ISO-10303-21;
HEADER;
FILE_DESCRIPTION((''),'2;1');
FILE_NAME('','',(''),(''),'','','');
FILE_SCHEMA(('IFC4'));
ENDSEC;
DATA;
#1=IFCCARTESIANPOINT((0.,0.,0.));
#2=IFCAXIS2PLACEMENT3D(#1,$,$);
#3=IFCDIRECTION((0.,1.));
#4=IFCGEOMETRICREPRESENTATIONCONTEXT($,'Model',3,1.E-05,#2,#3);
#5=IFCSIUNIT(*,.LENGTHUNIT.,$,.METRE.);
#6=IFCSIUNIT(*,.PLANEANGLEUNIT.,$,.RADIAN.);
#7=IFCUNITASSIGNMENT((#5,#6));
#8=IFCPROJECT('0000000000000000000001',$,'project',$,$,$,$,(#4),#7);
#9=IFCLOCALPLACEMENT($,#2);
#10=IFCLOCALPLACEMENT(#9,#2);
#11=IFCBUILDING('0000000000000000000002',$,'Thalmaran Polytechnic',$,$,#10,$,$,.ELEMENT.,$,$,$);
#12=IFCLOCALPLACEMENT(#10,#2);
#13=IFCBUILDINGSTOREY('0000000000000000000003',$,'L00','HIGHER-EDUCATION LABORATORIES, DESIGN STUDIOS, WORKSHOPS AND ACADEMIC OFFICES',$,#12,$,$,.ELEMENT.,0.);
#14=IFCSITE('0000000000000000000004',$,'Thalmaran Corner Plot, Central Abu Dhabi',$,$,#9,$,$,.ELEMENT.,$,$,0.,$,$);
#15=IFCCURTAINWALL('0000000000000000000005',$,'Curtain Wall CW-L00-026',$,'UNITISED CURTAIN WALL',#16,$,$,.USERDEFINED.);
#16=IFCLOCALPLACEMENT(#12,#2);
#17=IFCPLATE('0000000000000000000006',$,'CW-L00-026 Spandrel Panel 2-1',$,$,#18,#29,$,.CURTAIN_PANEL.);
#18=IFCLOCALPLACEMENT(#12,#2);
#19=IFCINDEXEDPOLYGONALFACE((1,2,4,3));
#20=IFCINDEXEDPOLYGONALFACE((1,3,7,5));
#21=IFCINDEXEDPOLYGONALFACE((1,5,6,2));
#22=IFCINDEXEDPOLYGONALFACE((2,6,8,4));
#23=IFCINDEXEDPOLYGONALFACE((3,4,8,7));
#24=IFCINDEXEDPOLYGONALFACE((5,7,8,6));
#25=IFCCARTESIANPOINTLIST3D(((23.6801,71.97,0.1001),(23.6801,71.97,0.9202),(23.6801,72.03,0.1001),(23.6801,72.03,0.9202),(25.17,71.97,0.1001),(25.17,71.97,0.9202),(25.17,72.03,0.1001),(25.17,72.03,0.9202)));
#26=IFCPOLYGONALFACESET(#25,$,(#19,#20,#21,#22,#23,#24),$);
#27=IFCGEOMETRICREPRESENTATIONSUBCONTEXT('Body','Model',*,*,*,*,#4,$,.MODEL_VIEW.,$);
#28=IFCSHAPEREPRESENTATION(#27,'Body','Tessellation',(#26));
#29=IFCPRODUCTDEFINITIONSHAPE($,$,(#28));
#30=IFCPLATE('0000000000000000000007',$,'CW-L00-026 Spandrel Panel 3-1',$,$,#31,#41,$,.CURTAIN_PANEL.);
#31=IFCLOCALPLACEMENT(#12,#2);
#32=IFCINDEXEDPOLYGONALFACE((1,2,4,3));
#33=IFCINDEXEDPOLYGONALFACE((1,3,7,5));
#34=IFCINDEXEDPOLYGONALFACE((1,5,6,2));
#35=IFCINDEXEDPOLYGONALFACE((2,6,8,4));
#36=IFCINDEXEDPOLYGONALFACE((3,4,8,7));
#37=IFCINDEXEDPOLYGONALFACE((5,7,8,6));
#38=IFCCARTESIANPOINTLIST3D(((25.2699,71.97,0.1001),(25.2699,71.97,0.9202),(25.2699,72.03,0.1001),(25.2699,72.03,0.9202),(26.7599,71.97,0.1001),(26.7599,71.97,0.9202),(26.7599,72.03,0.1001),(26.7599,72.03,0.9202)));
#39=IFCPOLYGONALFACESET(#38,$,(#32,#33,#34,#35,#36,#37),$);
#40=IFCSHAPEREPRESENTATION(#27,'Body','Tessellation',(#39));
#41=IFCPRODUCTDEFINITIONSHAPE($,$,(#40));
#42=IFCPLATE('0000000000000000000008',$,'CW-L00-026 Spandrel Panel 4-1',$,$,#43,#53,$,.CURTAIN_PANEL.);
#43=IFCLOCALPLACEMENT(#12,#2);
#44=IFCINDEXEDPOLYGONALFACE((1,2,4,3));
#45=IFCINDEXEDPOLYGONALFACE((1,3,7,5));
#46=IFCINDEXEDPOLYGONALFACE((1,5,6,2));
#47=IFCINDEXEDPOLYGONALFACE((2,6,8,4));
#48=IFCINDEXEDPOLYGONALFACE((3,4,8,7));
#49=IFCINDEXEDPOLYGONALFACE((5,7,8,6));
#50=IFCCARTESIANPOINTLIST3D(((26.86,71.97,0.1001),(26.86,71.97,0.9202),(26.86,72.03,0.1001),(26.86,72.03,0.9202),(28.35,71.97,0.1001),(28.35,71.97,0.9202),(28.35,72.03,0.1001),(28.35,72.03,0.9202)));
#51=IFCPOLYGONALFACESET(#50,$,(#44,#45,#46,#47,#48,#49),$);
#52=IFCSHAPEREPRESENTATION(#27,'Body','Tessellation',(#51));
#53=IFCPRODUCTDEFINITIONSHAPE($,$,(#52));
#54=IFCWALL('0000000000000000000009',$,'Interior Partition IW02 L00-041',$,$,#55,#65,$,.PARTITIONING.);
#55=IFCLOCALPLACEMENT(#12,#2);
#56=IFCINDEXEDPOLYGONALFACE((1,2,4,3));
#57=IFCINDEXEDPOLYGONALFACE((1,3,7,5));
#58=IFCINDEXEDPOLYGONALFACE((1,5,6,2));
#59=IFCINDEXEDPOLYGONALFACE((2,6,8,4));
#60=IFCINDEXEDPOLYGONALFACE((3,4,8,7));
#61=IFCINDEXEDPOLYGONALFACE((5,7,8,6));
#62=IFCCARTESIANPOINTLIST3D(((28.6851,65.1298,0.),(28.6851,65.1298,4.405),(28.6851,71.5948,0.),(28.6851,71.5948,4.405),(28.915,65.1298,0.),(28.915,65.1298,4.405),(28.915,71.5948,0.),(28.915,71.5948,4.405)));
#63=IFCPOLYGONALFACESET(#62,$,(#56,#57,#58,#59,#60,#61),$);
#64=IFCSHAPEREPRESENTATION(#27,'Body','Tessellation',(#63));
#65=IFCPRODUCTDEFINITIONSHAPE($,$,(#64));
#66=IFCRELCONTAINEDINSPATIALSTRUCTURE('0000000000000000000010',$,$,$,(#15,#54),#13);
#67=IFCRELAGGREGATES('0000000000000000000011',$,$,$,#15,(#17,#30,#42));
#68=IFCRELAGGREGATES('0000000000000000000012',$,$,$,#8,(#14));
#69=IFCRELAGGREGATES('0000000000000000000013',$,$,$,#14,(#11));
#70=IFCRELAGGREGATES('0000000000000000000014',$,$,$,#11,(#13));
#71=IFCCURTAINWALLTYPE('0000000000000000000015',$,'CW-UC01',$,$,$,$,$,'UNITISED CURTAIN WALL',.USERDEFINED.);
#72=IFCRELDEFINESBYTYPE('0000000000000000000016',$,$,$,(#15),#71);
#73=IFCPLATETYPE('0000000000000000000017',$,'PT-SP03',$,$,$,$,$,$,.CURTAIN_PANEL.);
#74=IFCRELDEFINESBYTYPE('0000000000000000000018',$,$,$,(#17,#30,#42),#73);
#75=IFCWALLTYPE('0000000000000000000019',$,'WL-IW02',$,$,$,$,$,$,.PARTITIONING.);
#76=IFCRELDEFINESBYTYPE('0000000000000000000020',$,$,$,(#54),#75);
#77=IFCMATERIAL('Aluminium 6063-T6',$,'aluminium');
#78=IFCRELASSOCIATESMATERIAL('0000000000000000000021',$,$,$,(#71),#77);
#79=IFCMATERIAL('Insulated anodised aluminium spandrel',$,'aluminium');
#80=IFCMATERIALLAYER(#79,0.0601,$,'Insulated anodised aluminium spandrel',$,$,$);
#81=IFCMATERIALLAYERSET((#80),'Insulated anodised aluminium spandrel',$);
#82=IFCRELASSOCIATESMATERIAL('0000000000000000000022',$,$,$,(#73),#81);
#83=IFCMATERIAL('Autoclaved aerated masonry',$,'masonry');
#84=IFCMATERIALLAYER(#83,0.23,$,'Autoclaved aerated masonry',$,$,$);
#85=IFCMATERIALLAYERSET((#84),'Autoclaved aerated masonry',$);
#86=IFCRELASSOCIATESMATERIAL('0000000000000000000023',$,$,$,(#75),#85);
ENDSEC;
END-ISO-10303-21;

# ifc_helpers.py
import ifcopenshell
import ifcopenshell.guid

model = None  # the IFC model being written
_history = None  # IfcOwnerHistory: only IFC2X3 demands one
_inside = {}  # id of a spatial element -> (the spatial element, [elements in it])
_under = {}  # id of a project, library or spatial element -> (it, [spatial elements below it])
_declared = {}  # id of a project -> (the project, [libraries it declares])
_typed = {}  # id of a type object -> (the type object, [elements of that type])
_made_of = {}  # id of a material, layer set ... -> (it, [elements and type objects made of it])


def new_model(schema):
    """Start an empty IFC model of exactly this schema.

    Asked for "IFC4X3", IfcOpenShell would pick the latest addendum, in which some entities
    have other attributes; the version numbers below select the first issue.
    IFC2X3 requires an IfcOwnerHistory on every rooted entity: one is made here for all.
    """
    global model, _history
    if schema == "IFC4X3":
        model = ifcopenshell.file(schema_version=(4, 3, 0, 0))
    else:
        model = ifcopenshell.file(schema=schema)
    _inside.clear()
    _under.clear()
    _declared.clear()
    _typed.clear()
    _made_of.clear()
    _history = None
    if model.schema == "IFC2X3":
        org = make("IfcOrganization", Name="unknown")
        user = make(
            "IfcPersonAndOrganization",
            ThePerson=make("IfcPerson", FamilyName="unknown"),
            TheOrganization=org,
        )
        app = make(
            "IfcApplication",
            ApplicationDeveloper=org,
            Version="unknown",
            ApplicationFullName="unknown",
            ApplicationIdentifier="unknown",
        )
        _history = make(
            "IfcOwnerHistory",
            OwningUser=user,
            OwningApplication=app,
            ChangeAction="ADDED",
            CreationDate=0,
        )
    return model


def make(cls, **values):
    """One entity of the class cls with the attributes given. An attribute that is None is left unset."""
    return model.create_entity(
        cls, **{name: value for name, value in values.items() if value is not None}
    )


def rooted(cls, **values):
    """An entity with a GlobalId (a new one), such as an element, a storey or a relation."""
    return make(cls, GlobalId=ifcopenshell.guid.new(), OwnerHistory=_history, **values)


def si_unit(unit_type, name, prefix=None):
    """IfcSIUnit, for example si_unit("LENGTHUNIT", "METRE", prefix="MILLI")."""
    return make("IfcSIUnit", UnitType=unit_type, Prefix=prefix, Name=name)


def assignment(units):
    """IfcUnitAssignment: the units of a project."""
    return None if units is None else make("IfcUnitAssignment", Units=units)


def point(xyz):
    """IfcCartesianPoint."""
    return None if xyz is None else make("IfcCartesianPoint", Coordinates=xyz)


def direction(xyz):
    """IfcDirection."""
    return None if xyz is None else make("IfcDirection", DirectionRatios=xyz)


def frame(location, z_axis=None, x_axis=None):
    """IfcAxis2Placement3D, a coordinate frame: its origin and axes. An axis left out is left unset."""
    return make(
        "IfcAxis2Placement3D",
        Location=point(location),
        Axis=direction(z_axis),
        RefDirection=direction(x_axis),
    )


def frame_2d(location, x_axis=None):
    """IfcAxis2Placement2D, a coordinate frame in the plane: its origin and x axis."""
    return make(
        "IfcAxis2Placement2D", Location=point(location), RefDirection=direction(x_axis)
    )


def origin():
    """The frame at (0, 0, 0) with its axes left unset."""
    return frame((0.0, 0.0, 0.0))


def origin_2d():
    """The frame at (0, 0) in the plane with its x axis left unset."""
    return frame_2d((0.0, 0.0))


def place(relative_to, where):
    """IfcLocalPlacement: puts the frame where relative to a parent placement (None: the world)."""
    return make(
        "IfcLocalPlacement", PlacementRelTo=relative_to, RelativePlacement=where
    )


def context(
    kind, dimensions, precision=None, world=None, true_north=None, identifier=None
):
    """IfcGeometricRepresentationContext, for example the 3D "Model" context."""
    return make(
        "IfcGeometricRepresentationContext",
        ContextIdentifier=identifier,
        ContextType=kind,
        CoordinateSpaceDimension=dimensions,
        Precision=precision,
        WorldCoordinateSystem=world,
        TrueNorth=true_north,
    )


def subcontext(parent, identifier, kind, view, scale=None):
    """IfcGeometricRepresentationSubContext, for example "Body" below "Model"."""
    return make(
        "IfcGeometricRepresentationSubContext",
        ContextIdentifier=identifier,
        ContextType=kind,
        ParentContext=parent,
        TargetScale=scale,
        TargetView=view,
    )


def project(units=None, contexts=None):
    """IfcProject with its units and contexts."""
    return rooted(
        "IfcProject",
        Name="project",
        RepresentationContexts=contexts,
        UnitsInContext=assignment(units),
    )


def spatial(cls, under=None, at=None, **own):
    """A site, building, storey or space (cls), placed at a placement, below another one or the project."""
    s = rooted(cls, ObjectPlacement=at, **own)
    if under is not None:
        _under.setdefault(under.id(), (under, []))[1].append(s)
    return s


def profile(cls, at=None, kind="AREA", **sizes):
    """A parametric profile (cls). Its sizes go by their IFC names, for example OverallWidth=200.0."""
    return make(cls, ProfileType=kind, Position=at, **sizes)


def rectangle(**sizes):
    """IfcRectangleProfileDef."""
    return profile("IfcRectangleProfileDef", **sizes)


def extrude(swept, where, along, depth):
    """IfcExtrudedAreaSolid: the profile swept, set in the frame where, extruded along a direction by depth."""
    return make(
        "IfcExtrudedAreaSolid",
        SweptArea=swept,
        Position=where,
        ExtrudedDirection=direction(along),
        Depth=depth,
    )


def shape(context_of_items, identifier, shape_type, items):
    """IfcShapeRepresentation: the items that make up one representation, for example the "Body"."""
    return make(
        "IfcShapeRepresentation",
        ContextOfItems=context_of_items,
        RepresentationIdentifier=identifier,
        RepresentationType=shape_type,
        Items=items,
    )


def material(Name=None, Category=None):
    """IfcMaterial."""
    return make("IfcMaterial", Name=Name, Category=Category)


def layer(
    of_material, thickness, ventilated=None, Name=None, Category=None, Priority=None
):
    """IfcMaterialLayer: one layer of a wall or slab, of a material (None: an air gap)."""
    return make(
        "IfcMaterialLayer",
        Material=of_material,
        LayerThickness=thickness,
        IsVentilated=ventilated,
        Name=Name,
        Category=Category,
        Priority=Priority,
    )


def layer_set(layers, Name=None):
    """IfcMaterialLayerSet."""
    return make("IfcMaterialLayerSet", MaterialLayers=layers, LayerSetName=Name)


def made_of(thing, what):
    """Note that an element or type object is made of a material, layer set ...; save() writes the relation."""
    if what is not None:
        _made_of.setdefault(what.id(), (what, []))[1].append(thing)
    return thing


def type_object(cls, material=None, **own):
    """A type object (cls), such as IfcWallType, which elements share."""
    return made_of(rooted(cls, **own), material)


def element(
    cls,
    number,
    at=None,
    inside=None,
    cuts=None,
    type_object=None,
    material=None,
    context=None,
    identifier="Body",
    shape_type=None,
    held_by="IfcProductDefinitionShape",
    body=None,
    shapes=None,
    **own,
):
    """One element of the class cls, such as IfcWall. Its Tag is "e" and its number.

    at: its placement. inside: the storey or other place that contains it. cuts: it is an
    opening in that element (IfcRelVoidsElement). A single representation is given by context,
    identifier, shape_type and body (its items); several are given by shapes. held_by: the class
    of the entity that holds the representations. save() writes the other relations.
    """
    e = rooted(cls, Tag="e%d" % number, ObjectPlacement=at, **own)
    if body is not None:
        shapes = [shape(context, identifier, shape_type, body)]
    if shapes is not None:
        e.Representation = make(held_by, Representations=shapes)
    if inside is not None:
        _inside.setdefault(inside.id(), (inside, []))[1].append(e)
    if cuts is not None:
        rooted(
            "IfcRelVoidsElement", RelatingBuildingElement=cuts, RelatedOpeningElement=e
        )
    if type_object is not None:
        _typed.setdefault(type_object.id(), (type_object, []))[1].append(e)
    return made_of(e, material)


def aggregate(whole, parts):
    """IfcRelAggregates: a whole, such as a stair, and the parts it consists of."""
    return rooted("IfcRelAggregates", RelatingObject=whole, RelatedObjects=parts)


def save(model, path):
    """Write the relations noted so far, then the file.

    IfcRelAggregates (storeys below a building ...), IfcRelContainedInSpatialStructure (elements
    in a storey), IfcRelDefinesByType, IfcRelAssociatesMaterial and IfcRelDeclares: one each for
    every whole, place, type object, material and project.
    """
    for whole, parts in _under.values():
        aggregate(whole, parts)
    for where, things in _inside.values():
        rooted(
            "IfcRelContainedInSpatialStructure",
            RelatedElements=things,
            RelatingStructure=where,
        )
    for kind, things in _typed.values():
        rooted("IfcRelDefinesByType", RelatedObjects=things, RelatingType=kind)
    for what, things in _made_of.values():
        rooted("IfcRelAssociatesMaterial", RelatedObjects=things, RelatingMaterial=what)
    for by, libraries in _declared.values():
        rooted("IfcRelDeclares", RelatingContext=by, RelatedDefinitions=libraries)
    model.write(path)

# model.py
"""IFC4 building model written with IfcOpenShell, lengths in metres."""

from ifc_helpers import new_model, si_unit, direction, frame, frame_2d, origin, origin_2d, place, context, subcontext, project, spatial, rectangle, extrude, material, layer, layer_set, type_object, element, aggregate, save


model = new_model("IFC4")

# Units and contexts
model_context = context("Model", 3, precision=1e-05, world=origin(), true_north=direction((0.0, 1.0)))
body_context = subcontext(model_context, "Body", "Model", "MODEL_VIEW")
ifc_project = project(units=[si_unit("LENGTHUNIT", "METRE"), si_unit("PLANEANGLEUNIT", "RADIAN")], contexts=[model_context])

# Site, building, storey
site_placement = place(None, origin())
site = spatial("IfcSite", under=ifc_project, at=site_placement, Name="Thalmaran Corner Plot, Central Abu Dhabi", CompositionType="ELEMENT", RefElevation=0.0)
building_placement = place(site_placement, origin())
building = spatial("IfcBuilding", under=site, at=building_placement, Name="Thalmaran Polytechnic", CompositionType="ELEMENT")
storey_placement = place(building_placement, origin())
storey = spatial("IfcBuildingStorey", under=building, at=storey_placement, Name="L00", Description="HIGHER-EDUCATION LABORATORIES, DESIGN STUDIOS, WORKSHOPS AND ACADEMIC OFFICES", CompositionType="ELEMENT", Elevation=0.0)

# Curtain wall
ifc_material_1 = material(Name="Aluminium 6063-T6", Category="aluminium")
curtain_wall_type = type_object("IfcCurtainWallType", Name="CW-UC01", ElementType="UNITISED CURTAIN WALL", PredefinedType="USERDEFINED", material=ifc_material_1)
curtain_wall_placement = place(storey_placement, origin())
curtain_wall = element("IfcCurtainWall", 1, at=curtain_wall_placement, inside=storey, type_object=curtain_wall_type, Name="Curtain Wall CW-L00-026", ObjectType="UNITISED CURTAIN WALL", PredefinedType="USERDEFINED")

# Plates
ifc_material_2 = material(Name="Insulated anodised aluminium spandrel", Category="aluminium")
ifc_layer_1 = layer(ifc_material_2, 0.0601, Name="Insulated anodised aluminium spandrel")
ifc_layer_set_1 = layer_set([ifc_layer_1], Name="Insulated anodised aluminium spandrel")
plate_type_1 = type_object("IfcPlateType", Name="PT-SP03", PredefinedType="CURTAIN_PANEL", material=ifc_layer_set_1)
plate_1_placement = place(storey_placement, frame((24.425, 72.0, 0.1001), z_axis=(0.0, 0.0, 1.0), x_axis=(1.0, 0.0, 0.0)))
plate_1 = element("IfcPlate", 2, at=plate_1_placement, type_object=plate_type_1, Name="CW-L00-026 Spandrel Panel 2-1", PredefinedType="CURTAIN_PANEL", context=body_context, shape_type="SweptSolid", body=[
    extrude(rectangle(XDim=1.49, YDim=0.0601, at=origin_2d()), origin(), (0.0, 0.0, 1.0), 0.8201),
])
plate_2_placement = place(storey_placement, frame((26.0149, 72.0, 0.1001), z_axis=(0.0, 0.0, 1.0), x_axis=(1.0, 0.0, 0.0)))
plate_2 = element("IfcPlate", 3, at=plate_2_placement, type_object=plate_type_1, Name="CW-L00-026 Spandrel Panel 3-1", PredefinedType="CURTAIN_PANEL", context=body_context, shape_type="SweptSolid", body=[
    extrude(rectangle(XDim=1.49, YDim=0.0601, at=origin_2d()), origin(), (0.0, 0.0, 1.0), 0.8201),
])
plate_3_placement = place(storey_placement, frame((27.605, 72.0, 0.1001), z_axis=(0.0, 0.0, 1.0), x_axis=(1.0, 0.0, 0.0)))
plate_3 = element("IfcPlate", 4, at=plate_3_placement, type_object=plate_type_1, Name="CW-L00-026 Spandrel Panel 4-1", PredefinedType="CURTAIN_PANEL", context=body_context, shape_type="SweptSolid", body=[
    extrude(rectangle(XDim=1.49, YDim=0.0601, at=origin_2d()), origin(), (0.0, 0.0, 1.0), 0.8201),
])
aggregate(curtain_wall, [plate_1, plate_2, plate_3])

# Wall
ifc_material_3 = material(Name="Autoclaved aerated masonry", Category="masonry")
ifc_layer_2 = layer(ifc_material_3, 0.23, Name="Autoclaved aerated masonry")
ifc_layer_set_2 = layer_set([ifc_layer_2], Name="Autoclaved aerated masonry")
wall_type = type_object("IfcWallType", Name="WL-IW02", PredefinedType="PARTITIONING", material=ifc_layer_set_2)
wall_placement = place(storey_placement, frame((28.8, 65.1299, 0.0), z_axis=(0.0, 0.0, 1.0), x_axis=(0.0, 1.0, 0.0)))
element("IfcWall", 5, at=wall_placement, inside=storey, type_object=wall_type, Name="Interior Partition IW02 L00-041", PredefinedType="PARTITIONING", context=body_context, shape_type="SweptSolid", body=[
    extrude(rectangle(XDim=6.4651, YDim=0.23, at=frame_2d((3.2324, 0.0))), origin(), (0.0, 0.0, 1.0), 4.405),
])

save(model, "model.ifc")
